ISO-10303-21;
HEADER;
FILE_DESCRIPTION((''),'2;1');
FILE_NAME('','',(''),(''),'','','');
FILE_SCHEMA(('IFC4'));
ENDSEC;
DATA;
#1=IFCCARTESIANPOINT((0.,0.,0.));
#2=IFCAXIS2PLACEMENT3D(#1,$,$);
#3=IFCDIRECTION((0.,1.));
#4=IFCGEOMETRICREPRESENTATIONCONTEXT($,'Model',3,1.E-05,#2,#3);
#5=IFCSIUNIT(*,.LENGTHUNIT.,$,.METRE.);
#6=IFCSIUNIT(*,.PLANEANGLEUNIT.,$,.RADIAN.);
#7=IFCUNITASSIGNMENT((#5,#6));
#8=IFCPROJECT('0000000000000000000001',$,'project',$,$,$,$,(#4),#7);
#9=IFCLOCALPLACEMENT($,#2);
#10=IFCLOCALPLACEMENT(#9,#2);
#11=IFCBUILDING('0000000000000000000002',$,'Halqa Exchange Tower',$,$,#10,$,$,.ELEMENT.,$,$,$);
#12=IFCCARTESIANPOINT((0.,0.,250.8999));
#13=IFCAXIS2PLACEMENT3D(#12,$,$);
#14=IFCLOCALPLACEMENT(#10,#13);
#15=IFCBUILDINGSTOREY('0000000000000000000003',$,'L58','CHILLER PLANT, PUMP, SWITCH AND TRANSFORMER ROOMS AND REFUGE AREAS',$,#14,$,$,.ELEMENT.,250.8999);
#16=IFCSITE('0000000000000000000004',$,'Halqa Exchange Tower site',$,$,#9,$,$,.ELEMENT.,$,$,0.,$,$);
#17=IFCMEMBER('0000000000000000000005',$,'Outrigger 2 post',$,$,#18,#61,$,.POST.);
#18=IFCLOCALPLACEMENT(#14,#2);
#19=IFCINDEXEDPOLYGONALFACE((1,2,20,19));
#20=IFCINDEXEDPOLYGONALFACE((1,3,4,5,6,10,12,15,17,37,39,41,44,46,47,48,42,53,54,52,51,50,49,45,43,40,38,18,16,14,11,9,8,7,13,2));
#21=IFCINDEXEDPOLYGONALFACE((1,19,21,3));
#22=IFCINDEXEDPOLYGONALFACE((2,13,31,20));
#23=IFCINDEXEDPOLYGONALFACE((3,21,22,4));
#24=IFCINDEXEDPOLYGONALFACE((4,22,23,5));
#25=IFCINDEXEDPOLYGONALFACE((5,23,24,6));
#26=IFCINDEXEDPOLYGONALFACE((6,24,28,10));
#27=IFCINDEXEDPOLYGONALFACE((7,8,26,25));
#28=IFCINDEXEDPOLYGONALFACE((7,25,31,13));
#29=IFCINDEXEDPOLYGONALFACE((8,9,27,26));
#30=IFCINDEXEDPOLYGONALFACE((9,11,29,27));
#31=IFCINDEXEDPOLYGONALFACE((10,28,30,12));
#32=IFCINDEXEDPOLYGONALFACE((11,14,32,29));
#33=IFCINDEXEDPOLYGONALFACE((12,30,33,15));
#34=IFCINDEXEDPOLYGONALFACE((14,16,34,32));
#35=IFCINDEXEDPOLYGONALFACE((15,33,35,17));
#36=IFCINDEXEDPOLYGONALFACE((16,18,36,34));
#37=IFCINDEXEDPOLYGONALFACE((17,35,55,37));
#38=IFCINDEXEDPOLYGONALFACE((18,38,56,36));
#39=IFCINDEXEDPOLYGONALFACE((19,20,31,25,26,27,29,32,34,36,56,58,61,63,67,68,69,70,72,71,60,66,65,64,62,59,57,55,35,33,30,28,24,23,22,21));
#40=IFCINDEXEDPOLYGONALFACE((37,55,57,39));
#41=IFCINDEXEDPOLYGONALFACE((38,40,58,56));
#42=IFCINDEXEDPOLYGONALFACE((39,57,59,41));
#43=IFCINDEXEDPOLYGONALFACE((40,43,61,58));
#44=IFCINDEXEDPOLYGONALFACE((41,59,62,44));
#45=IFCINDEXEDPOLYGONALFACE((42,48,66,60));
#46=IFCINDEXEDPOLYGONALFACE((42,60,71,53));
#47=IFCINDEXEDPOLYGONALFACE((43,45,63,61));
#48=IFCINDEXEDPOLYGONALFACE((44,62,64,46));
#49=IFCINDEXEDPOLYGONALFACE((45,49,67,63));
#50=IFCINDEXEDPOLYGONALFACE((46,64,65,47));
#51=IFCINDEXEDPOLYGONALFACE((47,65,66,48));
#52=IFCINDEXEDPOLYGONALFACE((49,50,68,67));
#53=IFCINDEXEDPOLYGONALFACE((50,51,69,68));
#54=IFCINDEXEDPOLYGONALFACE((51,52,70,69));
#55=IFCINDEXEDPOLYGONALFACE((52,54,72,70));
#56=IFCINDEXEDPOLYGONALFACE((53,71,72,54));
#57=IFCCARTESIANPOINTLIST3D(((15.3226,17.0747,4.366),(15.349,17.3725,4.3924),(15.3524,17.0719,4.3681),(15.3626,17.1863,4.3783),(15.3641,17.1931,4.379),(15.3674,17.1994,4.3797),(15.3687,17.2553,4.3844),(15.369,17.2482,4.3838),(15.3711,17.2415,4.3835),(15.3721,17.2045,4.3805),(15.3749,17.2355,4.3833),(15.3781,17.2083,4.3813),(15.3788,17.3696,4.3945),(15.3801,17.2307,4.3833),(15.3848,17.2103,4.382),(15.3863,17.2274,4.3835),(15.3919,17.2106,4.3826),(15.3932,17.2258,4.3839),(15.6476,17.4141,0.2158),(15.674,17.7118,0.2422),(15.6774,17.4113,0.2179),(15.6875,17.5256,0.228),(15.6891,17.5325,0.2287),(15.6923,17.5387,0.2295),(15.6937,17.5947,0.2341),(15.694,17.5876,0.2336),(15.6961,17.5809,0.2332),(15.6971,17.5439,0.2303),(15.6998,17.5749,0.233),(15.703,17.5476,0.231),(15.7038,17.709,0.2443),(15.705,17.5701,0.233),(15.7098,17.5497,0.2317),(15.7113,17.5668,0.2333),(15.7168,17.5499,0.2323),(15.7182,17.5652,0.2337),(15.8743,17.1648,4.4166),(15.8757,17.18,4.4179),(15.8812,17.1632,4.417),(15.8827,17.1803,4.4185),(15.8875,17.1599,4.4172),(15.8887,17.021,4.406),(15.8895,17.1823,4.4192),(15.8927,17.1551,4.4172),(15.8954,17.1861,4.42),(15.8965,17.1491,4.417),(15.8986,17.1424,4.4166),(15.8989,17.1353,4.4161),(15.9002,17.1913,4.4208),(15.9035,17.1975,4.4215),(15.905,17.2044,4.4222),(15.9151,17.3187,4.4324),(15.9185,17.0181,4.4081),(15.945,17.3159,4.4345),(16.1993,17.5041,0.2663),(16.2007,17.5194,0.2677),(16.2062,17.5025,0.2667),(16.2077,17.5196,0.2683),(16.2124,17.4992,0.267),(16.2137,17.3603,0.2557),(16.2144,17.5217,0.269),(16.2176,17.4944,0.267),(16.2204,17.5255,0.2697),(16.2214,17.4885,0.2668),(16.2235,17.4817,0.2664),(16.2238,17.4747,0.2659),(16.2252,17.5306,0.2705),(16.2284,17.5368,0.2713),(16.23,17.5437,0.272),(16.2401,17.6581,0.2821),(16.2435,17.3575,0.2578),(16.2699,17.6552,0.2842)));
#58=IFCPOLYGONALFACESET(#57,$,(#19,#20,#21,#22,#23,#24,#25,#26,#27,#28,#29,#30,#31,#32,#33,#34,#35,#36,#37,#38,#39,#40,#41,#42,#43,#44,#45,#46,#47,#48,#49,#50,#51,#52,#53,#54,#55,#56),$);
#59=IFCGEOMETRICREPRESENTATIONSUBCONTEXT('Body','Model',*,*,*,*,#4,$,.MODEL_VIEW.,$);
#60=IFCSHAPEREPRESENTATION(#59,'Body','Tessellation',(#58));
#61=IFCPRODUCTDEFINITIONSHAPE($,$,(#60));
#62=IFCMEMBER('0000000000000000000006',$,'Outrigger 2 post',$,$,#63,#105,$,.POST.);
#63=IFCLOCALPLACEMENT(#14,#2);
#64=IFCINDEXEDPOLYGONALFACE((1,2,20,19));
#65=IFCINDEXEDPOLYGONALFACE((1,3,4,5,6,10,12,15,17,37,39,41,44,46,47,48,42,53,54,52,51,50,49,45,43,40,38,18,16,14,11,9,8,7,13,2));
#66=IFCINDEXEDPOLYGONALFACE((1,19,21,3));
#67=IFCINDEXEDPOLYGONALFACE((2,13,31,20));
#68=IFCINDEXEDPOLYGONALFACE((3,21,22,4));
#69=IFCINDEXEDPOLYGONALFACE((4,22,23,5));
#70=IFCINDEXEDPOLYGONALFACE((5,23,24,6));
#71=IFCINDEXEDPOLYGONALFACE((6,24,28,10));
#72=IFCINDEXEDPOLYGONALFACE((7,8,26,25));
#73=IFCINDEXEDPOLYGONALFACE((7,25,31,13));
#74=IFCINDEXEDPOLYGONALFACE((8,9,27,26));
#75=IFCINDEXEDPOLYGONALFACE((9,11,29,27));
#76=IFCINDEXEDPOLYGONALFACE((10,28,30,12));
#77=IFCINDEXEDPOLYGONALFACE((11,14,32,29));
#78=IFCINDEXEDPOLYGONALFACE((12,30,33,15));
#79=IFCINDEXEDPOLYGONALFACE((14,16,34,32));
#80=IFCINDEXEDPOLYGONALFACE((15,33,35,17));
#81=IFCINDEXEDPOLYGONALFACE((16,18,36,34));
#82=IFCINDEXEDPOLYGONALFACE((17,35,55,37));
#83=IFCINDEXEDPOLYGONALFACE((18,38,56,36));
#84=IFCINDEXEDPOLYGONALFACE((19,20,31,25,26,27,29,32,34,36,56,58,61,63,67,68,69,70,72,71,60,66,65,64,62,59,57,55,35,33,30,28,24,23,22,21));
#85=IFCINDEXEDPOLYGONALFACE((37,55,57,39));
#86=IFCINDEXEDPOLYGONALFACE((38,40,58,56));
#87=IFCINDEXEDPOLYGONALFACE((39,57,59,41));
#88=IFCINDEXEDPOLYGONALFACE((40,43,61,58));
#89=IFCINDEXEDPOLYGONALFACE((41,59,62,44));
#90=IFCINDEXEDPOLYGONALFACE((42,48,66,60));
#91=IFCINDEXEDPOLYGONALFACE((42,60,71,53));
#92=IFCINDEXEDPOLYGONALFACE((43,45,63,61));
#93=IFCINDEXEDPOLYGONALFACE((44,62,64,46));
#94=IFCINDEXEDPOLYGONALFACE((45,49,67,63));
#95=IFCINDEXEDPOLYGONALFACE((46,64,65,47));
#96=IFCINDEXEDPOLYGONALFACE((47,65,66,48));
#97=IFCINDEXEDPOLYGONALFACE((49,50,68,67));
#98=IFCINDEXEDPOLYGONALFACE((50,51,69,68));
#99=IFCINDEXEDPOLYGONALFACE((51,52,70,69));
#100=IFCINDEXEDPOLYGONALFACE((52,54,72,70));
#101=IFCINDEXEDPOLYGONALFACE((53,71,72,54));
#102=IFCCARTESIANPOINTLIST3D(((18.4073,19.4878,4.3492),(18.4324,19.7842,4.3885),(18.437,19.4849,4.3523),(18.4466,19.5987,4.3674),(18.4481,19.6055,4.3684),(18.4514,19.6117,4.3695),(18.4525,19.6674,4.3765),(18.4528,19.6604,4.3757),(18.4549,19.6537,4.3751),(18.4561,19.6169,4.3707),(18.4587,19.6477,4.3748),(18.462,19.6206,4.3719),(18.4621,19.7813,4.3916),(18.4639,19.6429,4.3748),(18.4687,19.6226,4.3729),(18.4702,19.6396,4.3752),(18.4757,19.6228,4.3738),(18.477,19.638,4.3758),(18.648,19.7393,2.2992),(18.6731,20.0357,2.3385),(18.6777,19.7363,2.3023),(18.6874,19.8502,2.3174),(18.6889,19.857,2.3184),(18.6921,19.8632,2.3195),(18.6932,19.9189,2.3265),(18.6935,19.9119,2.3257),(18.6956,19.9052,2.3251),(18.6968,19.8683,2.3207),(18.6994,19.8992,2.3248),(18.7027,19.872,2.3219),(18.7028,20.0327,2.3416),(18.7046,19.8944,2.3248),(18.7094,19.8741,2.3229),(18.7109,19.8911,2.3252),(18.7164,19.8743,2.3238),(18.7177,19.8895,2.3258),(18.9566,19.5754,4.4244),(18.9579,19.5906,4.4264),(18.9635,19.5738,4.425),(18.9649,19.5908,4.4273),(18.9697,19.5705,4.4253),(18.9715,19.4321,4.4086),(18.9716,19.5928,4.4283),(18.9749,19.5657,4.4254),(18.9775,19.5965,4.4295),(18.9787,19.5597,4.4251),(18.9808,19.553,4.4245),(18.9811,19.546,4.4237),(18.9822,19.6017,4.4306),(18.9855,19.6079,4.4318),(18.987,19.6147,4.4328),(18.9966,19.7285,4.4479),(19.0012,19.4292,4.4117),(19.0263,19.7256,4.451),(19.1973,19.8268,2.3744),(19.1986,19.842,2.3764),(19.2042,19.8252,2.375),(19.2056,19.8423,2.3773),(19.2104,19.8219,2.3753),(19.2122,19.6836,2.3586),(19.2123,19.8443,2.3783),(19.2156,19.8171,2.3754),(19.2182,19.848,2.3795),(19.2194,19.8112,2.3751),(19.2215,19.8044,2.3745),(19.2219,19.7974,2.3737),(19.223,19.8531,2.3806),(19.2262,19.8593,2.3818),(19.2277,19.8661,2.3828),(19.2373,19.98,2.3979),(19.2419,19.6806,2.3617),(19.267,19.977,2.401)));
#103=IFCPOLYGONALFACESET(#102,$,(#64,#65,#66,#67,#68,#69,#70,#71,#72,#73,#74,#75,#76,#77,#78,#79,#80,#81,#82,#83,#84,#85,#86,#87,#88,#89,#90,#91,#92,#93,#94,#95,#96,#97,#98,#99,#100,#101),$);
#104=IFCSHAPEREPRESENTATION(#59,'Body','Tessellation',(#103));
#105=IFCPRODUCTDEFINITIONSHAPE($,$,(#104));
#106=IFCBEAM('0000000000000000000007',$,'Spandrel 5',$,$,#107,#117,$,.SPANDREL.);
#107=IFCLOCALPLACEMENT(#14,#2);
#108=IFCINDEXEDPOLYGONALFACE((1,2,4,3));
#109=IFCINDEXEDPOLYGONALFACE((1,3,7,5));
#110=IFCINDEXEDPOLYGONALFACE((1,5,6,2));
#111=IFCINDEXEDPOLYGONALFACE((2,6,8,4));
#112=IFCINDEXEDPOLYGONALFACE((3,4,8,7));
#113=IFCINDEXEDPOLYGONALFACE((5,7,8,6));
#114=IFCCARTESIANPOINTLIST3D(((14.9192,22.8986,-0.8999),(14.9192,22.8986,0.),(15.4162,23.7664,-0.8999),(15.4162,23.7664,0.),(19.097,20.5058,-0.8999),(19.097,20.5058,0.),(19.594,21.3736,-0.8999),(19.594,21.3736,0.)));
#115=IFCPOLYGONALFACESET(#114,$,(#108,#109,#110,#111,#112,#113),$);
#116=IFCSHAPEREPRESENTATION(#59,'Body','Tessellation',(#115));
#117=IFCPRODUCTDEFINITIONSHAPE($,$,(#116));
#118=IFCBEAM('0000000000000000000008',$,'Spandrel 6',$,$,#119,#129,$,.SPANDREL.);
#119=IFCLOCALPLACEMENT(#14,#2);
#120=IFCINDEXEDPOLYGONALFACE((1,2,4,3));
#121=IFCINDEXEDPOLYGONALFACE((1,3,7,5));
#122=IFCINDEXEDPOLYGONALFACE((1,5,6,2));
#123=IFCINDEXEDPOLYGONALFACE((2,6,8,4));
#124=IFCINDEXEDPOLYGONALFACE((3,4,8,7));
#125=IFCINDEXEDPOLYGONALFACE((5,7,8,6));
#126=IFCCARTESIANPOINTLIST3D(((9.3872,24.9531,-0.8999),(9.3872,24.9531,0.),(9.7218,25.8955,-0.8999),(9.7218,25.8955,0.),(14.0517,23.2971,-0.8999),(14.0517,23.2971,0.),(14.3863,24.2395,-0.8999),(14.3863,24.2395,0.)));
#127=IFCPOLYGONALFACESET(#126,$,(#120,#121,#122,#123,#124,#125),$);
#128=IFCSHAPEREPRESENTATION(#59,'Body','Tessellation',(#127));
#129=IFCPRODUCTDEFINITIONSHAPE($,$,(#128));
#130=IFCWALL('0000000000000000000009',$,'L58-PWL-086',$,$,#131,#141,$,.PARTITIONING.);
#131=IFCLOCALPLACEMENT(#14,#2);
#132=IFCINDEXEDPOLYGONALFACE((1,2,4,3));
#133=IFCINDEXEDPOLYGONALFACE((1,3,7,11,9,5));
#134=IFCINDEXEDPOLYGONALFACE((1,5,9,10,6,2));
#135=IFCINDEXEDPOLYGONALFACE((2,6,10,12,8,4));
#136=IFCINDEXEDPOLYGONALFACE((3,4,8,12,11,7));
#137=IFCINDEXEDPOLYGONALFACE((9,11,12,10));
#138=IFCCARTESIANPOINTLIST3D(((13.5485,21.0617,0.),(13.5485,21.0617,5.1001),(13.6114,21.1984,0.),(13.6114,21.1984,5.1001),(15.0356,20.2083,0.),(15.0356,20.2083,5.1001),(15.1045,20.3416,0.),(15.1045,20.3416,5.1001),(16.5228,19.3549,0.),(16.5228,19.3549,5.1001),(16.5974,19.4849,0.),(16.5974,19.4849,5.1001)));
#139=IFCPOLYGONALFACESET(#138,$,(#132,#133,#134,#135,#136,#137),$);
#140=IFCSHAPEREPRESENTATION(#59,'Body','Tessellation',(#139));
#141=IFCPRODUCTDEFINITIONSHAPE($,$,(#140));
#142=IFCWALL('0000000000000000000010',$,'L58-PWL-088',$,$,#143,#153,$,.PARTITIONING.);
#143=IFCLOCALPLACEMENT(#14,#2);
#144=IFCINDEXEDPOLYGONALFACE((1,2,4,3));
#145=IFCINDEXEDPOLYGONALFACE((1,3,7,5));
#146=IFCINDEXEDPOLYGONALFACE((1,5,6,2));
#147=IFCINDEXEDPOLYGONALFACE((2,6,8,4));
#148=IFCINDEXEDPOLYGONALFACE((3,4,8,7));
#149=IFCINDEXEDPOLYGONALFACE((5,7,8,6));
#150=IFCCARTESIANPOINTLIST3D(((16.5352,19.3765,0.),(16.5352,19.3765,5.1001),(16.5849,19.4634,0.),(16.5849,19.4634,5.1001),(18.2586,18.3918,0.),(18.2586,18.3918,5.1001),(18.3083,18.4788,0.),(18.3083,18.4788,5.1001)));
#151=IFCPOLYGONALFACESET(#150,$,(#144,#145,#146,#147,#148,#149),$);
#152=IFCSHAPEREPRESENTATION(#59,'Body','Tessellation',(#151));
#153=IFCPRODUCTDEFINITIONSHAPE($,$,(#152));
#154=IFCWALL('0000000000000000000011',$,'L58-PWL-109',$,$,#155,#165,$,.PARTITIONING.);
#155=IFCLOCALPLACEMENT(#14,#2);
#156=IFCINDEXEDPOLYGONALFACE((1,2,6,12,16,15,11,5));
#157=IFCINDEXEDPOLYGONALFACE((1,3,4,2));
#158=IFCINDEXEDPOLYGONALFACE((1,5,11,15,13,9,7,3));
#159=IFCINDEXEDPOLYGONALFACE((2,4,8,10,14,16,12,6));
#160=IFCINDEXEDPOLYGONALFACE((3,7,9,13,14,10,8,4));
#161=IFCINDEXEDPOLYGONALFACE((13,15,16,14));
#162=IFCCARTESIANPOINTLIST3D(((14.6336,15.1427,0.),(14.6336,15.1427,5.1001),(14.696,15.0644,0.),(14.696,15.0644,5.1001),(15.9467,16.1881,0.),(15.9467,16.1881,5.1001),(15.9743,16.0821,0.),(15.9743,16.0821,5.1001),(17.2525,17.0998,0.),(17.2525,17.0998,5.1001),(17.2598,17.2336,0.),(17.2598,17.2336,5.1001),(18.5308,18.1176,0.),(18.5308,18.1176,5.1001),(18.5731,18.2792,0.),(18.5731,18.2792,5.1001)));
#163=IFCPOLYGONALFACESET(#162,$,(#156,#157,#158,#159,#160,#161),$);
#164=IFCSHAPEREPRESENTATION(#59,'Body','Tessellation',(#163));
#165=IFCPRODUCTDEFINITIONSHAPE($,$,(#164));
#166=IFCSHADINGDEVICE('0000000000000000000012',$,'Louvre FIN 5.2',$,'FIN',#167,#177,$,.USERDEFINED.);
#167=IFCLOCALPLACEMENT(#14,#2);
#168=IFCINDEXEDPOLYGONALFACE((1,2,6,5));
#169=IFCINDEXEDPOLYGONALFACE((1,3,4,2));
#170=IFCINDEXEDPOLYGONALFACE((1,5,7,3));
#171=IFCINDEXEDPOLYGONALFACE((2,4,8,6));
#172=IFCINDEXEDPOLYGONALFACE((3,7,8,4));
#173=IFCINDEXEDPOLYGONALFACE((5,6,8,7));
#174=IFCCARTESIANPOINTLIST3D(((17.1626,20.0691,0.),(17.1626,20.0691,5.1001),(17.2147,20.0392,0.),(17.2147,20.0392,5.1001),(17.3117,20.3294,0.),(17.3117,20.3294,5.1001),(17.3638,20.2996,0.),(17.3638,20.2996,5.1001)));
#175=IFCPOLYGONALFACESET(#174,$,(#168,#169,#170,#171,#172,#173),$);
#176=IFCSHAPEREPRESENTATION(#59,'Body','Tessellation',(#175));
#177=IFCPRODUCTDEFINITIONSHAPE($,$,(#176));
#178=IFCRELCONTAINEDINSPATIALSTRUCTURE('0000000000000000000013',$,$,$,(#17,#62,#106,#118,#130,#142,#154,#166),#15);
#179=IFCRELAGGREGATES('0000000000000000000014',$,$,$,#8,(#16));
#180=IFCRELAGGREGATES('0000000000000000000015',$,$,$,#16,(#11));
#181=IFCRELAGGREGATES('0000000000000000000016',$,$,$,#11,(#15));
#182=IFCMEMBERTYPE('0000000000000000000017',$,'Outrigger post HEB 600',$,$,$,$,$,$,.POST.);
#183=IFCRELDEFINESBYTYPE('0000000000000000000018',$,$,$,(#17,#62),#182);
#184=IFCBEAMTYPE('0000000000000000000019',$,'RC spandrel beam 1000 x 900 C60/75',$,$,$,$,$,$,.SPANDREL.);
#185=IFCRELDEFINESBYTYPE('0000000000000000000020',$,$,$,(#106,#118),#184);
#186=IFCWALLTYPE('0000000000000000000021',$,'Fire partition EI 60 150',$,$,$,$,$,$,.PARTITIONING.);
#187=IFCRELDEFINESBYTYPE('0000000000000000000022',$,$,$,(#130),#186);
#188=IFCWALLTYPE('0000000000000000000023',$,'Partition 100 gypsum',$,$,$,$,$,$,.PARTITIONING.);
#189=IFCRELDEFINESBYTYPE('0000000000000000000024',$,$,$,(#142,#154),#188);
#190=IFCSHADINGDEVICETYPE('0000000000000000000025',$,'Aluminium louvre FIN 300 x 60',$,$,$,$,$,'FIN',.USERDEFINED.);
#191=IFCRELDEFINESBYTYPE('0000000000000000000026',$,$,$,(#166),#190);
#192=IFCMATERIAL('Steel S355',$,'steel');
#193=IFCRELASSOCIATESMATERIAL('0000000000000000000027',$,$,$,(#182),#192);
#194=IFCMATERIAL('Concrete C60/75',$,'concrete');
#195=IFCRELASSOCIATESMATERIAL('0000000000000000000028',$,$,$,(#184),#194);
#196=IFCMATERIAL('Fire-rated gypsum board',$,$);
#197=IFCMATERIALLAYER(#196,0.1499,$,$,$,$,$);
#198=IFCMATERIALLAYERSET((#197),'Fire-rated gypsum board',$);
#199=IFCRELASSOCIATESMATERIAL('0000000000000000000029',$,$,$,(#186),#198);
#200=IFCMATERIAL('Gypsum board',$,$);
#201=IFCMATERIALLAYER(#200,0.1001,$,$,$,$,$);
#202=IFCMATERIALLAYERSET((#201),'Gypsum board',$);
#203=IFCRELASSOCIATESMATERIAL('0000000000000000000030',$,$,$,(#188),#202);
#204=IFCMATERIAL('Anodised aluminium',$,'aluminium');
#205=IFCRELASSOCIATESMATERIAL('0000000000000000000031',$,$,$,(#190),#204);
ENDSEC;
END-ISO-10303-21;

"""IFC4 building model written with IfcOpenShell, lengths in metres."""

from ifc_helpers import new_model, si_unit, direction, frame, frame_2d, origin, origin_2d, place, context, subcontext, project, spatial, polyline, rectangle, i_section, outline, extrude, material, layer, layer_set, material_profile, profile_set, type_object, element, save


model = new_model("IFC4")

# Units and contexts
model_context = context("Model", 3, precision=1e-05, world=origin(), true_north=direction((0.0, 1.0)))
body_context = subcontext(model_context, "Body", "Model", "MODEL_VIEW")
ifc_project = project(units=[si_unit("LENGTHUNIT", "METRE"), si_unit("PLANEANGLEUNIT", "RADIAN")], contexts=[model_context])

# Site, building, storey
site_placement = place(None, origin())
site = spatial("IfcSite", under=ifc_project, at=site_placement, Name="Halqa Exchange Tower site", CompositionType="ELEMENT", RefElevation=0.0)
building_placement = place(site_placement, origin())
building = spatial("IfcBuilding", under=site, at=building_placement, Name="Halqa Exchange Tower", CompositionType="ELEMENT")
storey_placement = place(building_placement, frame((0.0, 0.0, 250.8999)))
storey = spatial("IfcBuildingStorey", under=building, at=storey_placement, Name="L58", Description="CHILLER PLANT, PUMP, SWITCH AND TRANSFORMER ROOMS AND REFUGE AREAS", CompositionType="ELEMENT", Elevation=250.8999)

# Shared definitions
ifc_material_1 = material(Name="Concrete C60/75", Category="concrete")

# Members
ifc_material_2 = material(Name="Steel S355", Category="steel")
ifc_material_profile_1 = material_profile(ifc_material_2, i_section(OverallWidth=0.3, OverallDepth=0.6001, WebThickness=0.0154, FlangeThickness=0.03, FilletRadius=0.0271, at=origin_2d()), Name="HEB 600")
ifc_profile_set_1 = profile_set([ifc_material_profile_1], Name="Steel S355")
member_type_1 = type_object("IfcMemberType", Name="Outrigger post HEB 600", PredefinedType="POST", material=ifc_profile_set_1)
member_1_placement = place(storey_placement, frame((15.9587, 17.5347, 0.25), z_axis=(-0.077802, -0.08125, 0.993652), x_axis=(0.088029, 0.992221, 0.088026)))
element("IfcMember", 1, at=member_1_placement, inside=storey, type_object=member_type_1, Name="Outrigger 2 post", PredefinedType="POST", context=body_context, shape_type="SweptSolid", body=[
    extrude(i_section(OverallWidth=0.3, OverallDepth=0.6001, WebThickness=0.0154, FlangeThickness=0.03, FilletRadius=0.0271, at=origin_2d()), origin(), (0.0, 0.0, 1.0), 4.1768),
])
member_2_placement = place(storey_placement, frame((18.9575, 19.8582, 2.3501), z_axis=(-0.115766, -0.120932, 0.985887), x_axis=(0.083686, 0.987844, 0.130998)))
element("IfcMember", 2, at=member_2_placement, inside=storey, type_object=member_type_1, Name="Outrigger 2 post", PredefinedType="POST", context=body_context, shape_type="SweptSolid", body=[
    extrude(i_section(OverallWidth=0.3, OverallDepth=0.6001, WebThickness=0.0154, FlangeThickness=0.03, FilletRadius=0.0271, at=origin_2d()), origin(), (0.0, 0.0, 1.0), 2.0793),
])

# Beams
ifc_material_profile_2 = material_profile(ifc_material_1, rectangle(XDim=1.0, YDim=0.8999, at=origin_2d()), Name="1000 x 900")
ifc_profile_set_2 = profile_set([ifc_material_profile_2], Name="Concrete C60/75")
beam_type = type_object("IfcBeamType", Name="RC spandrel beam 1000 x 900 C60/75", PredefinedType="SPANDREL", material=ifc_profile_set_2)
beam_1_placement = place(storey_placement, frame((19.3455, 20.9397, -0.45), z_axis=(-0.867747, 0.497007, 0.0), x_axis=(-0.497007, -0.867747, 0.0)))
element("IfcBeam", 3, at=beam_1_placement, inside=storey, type_object=beam_type, Name="Spandrel 5", PredefinedType="SPANDREL", context=body_context, shape_type="SweptSolid", body=[
    extrude(rectangle(XDim=1.0, YDim=0.8999, at=origin_2d()), origin(), (0.0, 0.0, 1.0), 4.8145),
])
beam_2_placement = place(storey_placement, frame((14.219, 23.7683, -0.45), z_axis=(-0.942374, 0.334561, 0.0), x_axis=(-0.334561, -0.942374, 0.0)))
element("IfcBeam", 4, at=beam_2_placement, inside=storey, type_object=beam_type, Name="Spandrel 6", PredefinedType="SPANDREL", context=body_context, shape_type="SweptSolid", body=[
    extrude(rectangle(XDim=1.0, YDim=0.8999, at=origin_2d()), origin(), (0.0, 0.0, 1.0), 4.9497),
])

# Walls
ifc_material_3 = material(Name="Fire-rated gypsum board")
ifc_layer_1 = layer(ifc_material_3, 0.1499)
ifc_layer_set_1 = layer_set([ifc_layer_1], Name="Fire-rated gypsum board")
wall_type_1 = type_object("IfcWallType", Name="Fire partition EI 60 150", PredefinedType="PARTITIONING", material=ifc_layer_set_1)
wall_1_placement = place(storey_placement, frame((16.5601, 19.4199, 0.0), z_axis=(0.0, 0.0, 1.0), x_axis=(-0.867343, 0.497711, 0.0)))
element("IfcWall", 5, at=wall_1_placement, inside=storey, type_object=wall_type_1, Name="L58-PWL-086", PredefinedType="PARTITIONING", context=body_context, shape_type="SweptSolid", body=[
    extrude(outline(polyline([(0.0, -0.075), (1.7212, -0.075), (3.4426, -0.075), (3.4292, 0.075), (1.7146, 0.075), (0.0, 0.075), (0.0, -0.075)])), origin(), (0.0, 0.0, 1.0), 5.1001),
])
ifc_material_4 = material(Name="Gypsum board")
ifc_layer_2 = layer(ifc_material_4, 0.1001)
ifc_layer_set_2 = layer_set([ifc_layer_2], Name="Gypsum board")
wall_type_2 = type_object("IfcWallType", Name="Partition 100 gypsum", PredefinedType="PARTITIONING", material=ifc_layer_set_2)
wall_2_placement = place(storey_placement, frame((18.2834, 18.4353, 0.0), z_axis=(0.0, 0.0, 1.0), x_axis=(-0.868281, 0.496073, 0.0)))
element("IfcWall", 6, at=wall_2_placement, inside=storey, type_object=wall_type_2, Name="L58-PWL-088", PredefinedType="PARTITIONING", context=body_context, shape_type="SweptSolid", body=[
    extrude(rectangle(XDim=1.9849, YDim=0.1001, at=frame_2d((0.9924, 0.0))), origin(), (0.0, 0.0, 1.0), 5.1001),
])
wall_3_placement = place(storey_placement, frame((14.6648, 15.1035, 0.0), z_axis=(0.0, 0.0, 1.0), x_axis=(0.782328, 0.622866, 0.0)))
element("IfcWall", 7, at=wall_3_placement, inside=storey, type_object=wall_type_2, Name="L58-PWL-109", PredefinedType="PARTITIONING", context=body_context, shape_type="SweptSolid", body=[
    extrude(outline(polyline([(0.0, -0.05), (1.634, -0.05), (3.2678, -0.05), (4.9019, -0.05), (5.0356, 0.05), (3.3569, 0.05), (1.6785, 0.05), (0.0, 0.05), (0.0, -0.05)])), origin(), (0.0, 0.0, 1.0), 5.1001),
])

# Shading device
ifc_material_5 = material(Name="Anodised aluminium", Category="aluminium")
ifc_material_profile_3 = material_profile(ifc_material_5, rectangle(XDim=0.3, YDim=0.0601, at=origin_2d()), Name="AL FIN 300x60")
ifc_profile_set_3 = profile_set([ifc_material_profile_3], Name="Anodised aluminium")
shading_device_type = type_object("IfcShadingDeviceType", Name="Aluminium louvre FIN 300 x 60", ElementType="FIN", PredefinedType="USERDEFINED", material=ifc_profile_set_3)
for number, where, z_axis, x_axis, name in (
    (8, (17.2632, 20.1843, 0.0), (0.0, 0.0, 1.0), (-0.496985, -0.867759, 0.0), "Louvre FIN 5.2"),
):
    element("IfcShadingDevice", number, at=place(storey_placement, frame(where, z_axis=z_axis, x_axis=x_axis)), inside=storey, type_object=shading_device_type, Name=name, ObjectType="FIN", PredefinedType="USERDEFINED", context=body_context, shape_type="SweptSolid", body=[
        extrude(rectangle(XDim=0.3, YDim=0.0601, at=origin_2d()), origin(), (0.0, 0.0, 1.0), 5.1001),
    ])

save(model, "model.ifc")
